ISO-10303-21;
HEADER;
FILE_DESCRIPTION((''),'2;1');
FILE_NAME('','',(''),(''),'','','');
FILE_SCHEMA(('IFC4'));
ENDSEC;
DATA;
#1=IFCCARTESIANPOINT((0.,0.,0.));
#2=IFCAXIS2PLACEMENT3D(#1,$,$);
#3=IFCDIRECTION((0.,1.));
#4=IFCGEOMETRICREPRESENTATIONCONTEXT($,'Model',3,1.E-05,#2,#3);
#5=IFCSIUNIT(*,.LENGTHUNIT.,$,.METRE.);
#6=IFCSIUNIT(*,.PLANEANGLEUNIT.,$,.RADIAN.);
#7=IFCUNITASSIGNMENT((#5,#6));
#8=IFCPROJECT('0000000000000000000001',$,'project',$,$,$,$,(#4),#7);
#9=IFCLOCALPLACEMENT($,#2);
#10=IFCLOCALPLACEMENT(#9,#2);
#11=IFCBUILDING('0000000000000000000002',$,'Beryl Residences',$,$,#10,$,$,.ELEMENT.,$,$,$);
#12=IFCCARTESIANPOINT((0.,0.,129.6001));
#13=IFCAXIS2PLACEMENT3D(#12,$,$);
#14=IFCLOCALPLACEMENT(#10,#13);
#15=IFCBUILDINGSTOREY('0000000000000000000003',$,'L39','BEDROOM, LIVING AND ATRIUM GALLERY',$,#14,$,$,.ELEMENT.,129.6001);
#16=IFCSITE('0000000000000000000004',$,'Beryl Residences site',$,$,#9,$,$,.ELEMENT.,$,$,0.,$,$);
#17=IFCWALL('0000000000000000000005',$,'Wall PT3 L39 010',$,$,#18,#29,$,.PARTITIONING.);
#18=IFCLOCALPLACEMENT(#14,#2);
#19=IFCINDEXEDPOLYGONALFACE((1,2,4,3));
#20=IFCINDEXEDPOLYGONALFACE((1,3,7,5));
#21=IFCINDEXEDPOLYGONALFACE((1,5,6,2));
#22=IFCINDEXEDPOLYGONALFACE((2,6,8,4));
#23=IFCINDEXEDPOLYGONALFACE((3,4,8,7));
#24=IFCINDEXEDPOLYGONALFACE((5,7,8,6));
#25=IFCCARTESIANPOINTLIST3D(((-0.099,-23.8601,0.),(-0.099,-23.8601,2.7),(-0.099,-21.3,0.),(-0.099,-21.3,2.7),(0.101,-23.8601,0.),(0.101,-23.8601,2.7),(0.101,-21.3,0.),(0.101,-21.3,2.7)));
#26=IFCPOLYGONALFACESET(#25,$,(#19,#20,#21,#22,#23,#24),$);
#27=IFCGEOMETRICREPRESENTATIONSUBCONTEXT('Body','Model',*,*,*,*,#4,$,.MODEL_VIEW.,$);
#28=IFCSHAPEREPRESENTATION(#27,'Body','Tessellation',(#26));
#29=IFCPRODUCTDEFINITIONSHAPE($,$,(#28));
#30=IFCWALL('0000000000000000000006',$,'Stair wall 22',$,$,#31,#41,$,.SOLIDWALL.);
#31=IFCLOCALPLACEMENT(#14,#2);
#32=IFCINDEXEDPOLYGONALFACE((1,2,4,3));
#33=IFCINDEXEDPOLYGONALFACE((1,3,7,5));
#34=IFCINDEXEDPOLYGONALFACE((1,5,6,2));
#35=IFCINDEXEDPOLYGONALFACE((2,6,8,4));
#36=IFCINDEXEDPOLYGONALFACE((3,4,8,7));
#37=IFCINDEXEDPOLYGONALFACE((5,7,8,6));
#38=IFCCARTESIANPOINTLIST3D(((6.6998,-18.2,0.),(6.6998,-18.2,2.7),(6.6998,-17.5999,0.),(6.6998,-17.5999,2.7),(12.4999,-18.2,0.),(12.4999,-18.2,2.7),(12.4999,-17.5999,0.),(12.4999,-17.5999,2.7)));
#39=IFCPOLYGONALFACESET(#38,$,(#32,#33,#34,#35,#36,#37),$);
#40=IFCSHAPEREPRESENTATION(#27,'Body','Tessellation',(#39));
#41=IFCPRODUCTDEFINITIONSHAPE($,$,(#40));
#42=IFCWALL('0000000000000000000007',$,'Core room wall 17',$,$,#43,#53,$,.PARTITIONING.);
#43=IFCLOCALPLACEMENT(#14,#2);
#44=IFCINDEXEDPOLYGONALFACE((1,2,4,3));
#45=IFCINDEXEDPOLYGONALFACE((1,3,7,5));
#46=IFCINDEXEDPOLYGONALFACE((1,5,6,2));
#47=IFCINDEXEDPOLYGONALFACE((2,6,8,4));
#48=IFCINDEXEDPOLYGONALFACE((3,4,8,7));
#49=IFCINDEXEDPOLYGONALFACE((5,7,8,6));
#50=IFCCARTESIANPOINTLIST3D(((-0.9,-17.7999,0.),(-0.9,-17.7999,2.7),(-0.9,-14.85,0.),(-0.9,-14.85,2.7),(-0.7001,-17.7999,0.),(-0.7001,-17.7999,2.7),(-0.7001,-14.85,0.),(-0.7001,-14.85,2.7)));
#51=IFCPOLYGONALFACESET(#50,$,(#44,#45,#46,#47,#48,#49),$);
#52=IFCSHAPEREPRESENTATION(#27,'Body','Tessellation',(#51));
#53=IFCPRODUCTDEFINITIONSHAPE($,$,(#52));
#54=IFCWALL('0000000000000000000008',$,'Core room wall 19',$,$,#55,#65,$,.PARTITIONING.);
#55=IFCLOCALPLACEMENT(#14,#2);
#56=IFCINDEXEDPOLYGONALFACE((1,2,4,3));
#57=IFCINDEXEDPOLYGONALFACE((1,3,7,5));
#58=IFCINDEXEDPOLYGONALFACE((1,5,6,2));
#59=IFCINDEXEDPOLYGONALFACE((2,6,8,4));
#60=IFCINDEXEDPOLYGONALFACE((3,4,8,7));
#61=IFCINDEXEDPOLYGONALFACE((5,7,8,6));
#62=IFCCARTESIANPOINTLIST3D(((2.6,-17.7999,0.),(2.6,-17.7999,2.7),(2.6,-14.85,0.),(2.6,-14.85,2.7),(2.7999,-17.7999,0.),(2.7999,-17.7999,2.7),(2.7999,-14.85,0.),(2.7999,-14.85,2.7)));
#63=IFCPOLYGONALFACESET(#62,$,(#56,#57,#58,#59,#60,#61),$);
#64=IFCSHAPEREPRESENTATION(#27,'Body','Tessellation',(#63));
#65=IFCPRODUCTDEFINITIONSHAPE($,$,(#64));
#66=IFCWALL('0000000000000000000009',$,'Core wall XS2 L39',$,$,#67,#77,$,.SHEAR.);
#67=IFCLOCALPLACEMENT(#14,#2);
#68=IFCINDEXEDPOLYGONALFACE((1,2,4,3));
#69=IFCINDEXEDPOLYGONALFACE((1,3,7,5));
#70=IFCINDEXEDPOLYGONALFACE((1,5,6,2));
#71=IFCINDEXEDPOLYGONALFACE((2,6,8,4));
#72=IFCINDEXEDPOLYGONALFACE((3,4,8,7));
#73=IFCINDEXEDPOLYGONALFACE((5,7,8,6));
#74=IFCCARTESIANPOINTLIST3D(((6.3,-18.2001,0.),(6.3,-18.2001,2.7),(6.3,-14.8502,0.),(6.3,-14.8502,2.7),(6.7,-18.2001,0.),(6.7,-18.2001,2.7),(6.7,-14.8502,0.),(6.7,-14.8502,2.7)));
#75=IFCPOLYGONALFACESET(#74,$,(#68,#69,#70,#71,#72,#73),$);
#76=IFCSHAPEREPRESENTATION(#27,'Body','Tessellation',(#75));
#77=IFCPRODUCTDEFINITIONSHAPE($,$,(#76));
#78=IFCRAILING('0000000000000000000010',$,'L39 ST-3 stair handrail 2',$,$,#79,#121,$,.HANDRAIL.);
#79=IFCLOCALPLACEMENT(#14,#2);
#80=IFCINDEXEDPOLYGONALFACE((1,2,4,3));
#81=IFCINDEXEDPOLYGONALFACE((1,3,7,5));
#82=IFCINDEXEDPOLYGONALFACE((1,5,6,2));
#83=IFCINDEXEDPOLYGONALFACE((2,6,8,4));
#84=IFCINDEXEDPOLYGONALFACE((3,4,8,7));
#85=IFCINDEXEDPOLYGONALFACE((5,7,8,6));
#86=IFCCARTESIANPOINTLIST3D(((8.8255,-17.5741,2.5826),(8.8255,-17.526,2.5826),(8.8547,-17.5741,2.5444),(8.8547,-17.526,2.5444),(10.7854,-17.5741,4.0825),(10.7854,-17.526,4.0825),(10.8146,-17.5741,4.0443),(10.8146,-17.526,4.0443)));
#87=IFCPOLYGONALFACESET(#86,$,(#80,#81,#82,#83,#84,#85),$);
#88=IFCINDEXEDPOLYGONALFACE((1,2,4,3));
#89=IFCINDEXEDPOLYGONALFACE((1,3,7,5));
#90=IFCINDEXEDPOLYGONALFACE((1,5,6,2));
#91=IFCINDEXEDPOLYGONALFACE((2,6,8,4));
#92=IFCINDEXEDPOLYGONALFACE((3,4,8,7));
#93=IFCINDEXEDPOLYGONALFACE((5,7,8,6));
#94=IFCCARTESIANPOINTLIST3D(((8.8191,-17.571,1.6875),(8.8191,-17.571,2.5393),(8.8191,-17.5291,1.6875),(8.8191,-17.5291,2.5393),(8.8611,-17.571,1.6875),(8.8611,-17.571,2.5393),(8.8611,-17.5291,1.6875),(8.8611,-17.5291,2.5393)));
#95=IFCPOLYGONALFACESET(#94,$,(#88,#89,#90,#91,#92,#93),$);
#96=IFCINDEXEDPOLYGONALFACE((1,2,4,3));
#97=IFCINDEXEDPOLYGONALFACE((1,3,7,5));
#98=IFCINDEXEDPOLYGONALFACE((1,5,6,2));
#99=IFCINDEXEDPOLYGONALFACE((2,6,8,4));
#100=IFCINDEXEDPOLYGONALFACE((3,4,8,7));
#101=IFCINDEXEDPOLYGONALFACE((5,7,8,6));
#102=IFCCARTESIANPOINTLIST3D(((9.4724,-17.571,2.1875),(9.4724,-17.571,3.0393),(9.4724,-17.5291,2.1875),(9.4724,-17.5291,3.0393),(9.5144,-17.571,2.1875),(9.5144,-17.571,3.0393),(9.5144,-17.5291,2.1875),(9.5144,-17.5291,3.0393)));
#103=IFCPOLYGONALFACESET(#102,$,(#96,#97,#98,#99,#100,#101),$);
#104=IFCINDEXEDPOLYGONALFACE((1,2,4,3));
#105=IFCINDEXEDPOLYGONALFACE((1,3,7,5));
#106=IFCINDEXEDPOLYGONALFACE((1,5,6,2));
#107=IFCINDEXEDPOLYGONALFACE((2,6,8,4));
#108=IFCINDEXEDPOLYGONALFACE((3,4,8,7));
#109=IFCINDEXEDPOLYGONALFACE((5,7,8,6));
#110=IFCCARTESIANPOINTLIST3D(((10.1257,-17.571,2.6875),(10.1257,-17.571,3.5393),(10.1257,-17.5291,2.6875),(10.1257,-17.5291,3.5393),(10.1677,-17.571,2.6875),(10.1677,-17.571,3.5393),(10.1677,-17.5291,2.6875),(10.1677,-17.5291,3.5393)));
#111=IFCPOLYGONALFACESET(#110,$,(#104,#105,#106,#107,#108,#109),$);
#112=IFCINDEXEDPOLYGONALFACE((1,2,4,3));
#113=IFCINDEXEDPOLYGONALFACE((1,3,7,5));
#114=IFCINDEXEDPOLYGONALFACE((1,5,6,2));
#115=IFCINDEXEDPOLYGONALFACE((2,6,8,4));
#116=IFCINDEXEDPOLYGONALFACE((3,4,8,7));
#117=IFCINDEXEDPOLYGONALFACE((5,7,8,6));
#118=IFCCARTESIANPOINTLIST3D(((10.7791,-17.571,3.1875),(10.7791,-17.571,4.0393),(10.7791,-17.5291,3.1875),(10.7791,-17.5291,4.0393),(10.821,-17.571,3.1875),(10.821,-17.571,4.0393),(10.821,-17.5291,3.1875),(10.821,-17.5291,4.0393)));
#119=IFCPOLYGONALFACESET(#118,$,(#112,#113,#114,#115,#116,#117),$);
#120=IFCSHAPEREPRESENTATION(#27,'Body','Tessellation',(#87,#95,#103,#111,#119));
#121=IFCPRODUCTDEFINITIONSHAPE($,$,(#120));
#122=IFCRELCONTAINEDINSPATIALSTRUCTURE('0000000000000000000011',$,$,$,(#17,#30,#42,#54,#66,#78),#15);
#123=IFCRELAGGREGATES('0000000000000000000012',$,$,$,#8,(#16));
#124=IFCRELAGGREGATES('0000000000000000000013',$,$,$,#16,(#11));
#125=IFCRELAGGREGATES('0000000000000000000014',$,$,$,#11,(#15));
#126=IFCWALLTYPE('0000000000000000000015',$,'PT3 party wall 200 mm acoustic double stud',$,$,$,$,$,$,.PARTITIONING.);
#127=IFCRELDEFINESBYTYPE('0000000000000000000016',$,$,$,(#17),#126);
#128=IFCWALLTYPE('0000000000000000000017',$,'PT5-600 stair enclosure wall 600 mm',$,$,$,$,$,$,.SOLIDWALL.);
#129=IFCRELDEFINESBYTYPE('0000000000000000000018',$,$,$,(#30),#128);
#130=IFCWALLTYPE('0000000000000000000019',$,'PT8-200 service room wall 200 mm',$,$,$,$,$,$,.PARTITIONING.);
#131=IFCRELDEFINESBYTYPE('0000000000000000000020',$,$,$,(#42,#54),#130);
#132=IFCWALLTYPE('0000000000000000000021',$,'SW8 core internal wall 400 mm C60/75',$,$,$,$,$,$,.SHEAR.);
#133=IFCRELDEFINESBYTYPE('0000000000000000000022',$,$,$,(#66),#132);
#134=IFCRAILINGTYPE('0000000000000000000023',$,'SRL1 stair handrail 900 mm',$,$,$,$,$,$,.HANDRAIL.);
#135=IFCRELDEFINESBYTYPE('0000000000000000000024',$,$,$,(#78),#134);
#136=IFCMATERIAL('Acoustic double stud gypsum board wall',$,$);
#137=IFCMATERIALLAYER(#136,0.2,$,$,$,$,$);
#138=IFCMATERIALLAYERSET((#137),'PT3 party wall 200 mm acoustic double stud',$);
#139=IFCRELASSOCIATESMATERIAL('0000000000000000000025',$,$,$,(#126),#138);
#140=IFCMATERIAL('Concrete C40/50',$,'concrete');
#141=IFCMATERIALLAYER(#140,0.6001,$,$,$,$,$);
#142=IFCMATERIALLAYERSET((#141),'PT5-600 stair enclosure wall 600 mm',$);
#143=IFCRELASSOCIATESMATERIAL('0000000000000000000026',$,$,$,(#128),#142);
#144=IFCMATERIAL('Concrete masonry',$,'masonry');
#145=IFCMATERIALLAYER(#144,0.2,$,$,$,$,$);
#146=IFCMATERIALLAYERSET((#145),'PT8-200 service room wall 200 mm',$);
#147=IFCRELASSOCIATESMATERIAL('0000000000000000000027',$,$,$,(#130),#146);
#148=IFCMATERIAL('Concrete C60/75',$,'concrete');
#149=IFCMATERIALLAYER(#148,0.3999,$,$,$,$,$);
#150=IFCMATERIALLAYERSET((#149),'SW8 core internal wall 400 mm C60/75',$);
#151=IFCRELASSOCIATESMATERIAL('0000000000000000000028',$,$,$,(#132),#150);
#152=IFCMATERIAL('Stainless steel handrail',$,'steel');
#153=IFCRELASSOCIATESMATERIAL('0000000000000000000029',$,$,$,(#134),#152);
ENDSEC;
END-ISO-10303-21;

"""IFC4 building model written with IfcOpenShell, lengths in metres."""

from ifc_helpers import new_model, si_unit, direction, frame, frame_2d, origin, origin_2d, place, context, subcontext, project, spatial, rectangle, extrude, material, layer, layer_set, type_object, element, save


model = new_model("IFC4")

# Units and contexts
model_context = context("Model", 3, precision=1e-05, world=origin(), true_north=direction((0.0, 1.0)))
body_context = subcontext(model_context, "Body", "Model", "MODEL_VIEW")
ifc_project = project(units=[si_unit("LENGTHUNIT", "METRE"), si_unit("PLANEANGLEUNIT", "RADIAN")], contexts=[model_context])

# Site, building, storey
site_placement = place(None, origin())
site = spatial("IfcSite", under=ifc_project, at=site_placement, Name="Beryl Residences site", CompositionType="ELEMENT", RefElevation=0.0)
building_placement = place(site_placement, origin())
building = spatial("IfcBuilding", under=site, at=building_placement, Name="Beryl Residences", CompositionType="ELEMENT")
storey_placement = place(building_placement, frame((0.0, 0.0, 129.6001)))
storey = spatial("IfcBuildingStorey", under=building, at=storey_placement, Name="L39", Description="BEDROOM, LIVING AND ATRIUM GALLERY", CompositionType="ELEMENT", Elevation=129.6001)

# Walls
ifc_material_1 = material(Name="Acoustic double stud gypsum board wall")
ifc_layer_1 = layer(ifc_material_1, 0.2)
ifc_layer_set_1 = layer_set([ifc_layer_1], Name="PT3 party wall 200 mm acoustic double stud")
wall_type_1 = type_object("IfcWallType", Name="PT3 party wall 200 mm acoustic double stud", PredefinedType="PARTITIONING", material=ifc_layer_set_1)
wall_1_placement = place(storey_placement, frame((0.001, -23.8601, 0.0), z_axis=(0.0, 0.0, 1.0), x_axis=(0.0, 1.0, 0.0)))
element("IfcWall", 1, at=wall_1_placement, inside=storey, type_object=wall_type_1, Name="Wall PT3 L39 010", PredefinedType="PARTITIONING", context=body_context, shape_type="SweptSolid", body=[
    extrude(rectangle(XDim=2.5601, YDim=0.2, at=frame_2d((1.28, 0.0))), origin(), (0.0, 0.0, 1.0), 2.7),
])
ifc_material_2 = material(Name="Concrete C40/50", Category="concrete")
ifc_layer_2 = layer(ifc_material_2, 0.6001)
ifc_layer_set_2 = layer_set([ifc_layer_2], Name="PT5-600 stair enclosure wall 600 mm")
wall_type_2 = type_object("IfcWallType", Name="PT5-600 stair enclosure wall 600 mm", PredefinedType="SOLIDWALL", material=ifc_layer_set_2)
wall_2_placement = place(storey_placement, frame((6.7, -17.8999, 0.0), z_axis=(0.0, 0.0, 1.0), x_axis=(1.0, 0.0, 0.0)))
element("IfcWall", 2, at=wall_2_placement, inside=storey, type_object=wall_type_2, Name="Stair wall 22", PredefinedType="SOLIDWALL", context=body_context, shape_type="SweptSolid", body=[
    extrude(rectangle(XDim=5.8, YDim=0.6001, at=frame_2d((2.8999, 0.0))), origin(), (0.0, 0.0, 1.0), 2.7),
])
ifc_material_3 = material(Name="Concrete masonry", Category="masonry")
ifc_layer_3 = layer(ifc_material_3, 0.2)
ifc_layer_set_3 = layer_set([ifc_layer_3], Name="PT8-200 service room wall 200 mm")
wall_type_3 = type_object("IfcWallType", Name="PT8-200 service room wall 200 mm", PredefinedType="PARTITIONING", material=ifc_layer_set_3)
for number, where, z_axis, x_axis, name in (
    (3, (-0.8, -17.8, 0.0), (0.0, 0.0, 1.0), (0.0, 1.0, 0.0), "Core room wall 17"),
    (4, (2.7, -17.8, 0.0), (0.0, 0.0, 1.0), (0.0, 1.0, 0.0), "Core room wall 19"),
):
    element("IfcWall", number, at=place(storey_placement, frame(where, z_axis=z_axis, x_axis=x_axis)), inside=storey, type_object=wall_type_3, Name=name, PredefinedType="PARTITIONING", context=body_context, shape_type="SweptSolid", body=[
        extrude(rectangle(XDim=2.95, YDim=0.2, at=frame_2d((1.4751, 0.0))), origin(), (0.0, 0.0, 1.0), 2.7),
    ])
ifc_material_4 = material(Name="Concrete C60/75", Category="concrete")
ifc_layer_4 = layer(ifc_material_4, 0.3999)
ifc_layer_set_4 = layer_set([ifc_layer_4], Name="SW8 core internal wall 400 mm C60/75")
wall_type_4 = type_object("IfcWallType", Name="SW8 core internal wall 400 mm C60/75", PredefinedType="SHEAR", material=ifc_layer_set_4)
wall_3_placement = place(storey_placement, frame((6.5, -18.2, 0.0), z_axis=(0.0, 0.0, 1.0), x_axis=(0.0, 1.0, 0.0)))
element("IfcWall", 5, at=wall_3_placement, inside=storey, type_object=wall_type_4, Name="Core wall XS2 L39", PredefinedType="SHEAR", context=body_context, shape_type="SweptSolid", body=[
    extrude(rectangle(XDim=3.3499, YDim=0.3999, at=frame_2d((1.6748, 0.0))), origin(), (0.0, 0.0, 1.0), 2.7),
])

# Railing
ifc_material_5 = material(Name="Stainless steel handrail", Category="steel")
railing_type = type_object("IfcRailingType", Name="SRL1 stair handrail 900 mm", PredefinedType="HANDRAIL", material=ifc_material_5)
railing_placement = place(storey_placement, frame((8.8401, -17.55, 1.6875)))
element("IfcRailing", 6, at=railing_placement, inside=storey, type_object=railing_type, Name="L39 ST-3 stair handrail 2", PredefinedType="HANDRAIL", context=body_context, shape_type="SweptSolid", body=[
    extrude(rectangle(XDim=0.0481, YDim=0.0481, at=origin_2d()), frame((0.0, 0.0, 0.876), z_axis=(0.794122, 0.0, 0.607758), x_axis=(0.0, 1.0, 0.0)), (0.0, 0.0, 1.0), 2.468),
    extrude(rectangle(XDim=0.042, YDim=0.042, at=origin_2d()), origin(), (0.0, 0.0, 1.0), 0.8518),
    extrude(rectangle(XDim=0.042, YDim=0.042, at=origin_2d()), frame((0.6533, 0.0, 0.5)), (0.0, 0.0, 1.0), 0.8518),
    extrude(rectangle(XDim=0.042, YDim=0.042, at=origin_2d()), frame((1.3066, 0.0, 1.0)), (0.0, 0.0, 1.0), 0.8518),
    extrude(rectangle(XDim=0.042, YDim=0.042, at=origin_2d()), frame((1.96, 0.0, 1.5)), (0.0, 0.0, 1.0), 0.8518),
])

save(model, "model.ifc")
